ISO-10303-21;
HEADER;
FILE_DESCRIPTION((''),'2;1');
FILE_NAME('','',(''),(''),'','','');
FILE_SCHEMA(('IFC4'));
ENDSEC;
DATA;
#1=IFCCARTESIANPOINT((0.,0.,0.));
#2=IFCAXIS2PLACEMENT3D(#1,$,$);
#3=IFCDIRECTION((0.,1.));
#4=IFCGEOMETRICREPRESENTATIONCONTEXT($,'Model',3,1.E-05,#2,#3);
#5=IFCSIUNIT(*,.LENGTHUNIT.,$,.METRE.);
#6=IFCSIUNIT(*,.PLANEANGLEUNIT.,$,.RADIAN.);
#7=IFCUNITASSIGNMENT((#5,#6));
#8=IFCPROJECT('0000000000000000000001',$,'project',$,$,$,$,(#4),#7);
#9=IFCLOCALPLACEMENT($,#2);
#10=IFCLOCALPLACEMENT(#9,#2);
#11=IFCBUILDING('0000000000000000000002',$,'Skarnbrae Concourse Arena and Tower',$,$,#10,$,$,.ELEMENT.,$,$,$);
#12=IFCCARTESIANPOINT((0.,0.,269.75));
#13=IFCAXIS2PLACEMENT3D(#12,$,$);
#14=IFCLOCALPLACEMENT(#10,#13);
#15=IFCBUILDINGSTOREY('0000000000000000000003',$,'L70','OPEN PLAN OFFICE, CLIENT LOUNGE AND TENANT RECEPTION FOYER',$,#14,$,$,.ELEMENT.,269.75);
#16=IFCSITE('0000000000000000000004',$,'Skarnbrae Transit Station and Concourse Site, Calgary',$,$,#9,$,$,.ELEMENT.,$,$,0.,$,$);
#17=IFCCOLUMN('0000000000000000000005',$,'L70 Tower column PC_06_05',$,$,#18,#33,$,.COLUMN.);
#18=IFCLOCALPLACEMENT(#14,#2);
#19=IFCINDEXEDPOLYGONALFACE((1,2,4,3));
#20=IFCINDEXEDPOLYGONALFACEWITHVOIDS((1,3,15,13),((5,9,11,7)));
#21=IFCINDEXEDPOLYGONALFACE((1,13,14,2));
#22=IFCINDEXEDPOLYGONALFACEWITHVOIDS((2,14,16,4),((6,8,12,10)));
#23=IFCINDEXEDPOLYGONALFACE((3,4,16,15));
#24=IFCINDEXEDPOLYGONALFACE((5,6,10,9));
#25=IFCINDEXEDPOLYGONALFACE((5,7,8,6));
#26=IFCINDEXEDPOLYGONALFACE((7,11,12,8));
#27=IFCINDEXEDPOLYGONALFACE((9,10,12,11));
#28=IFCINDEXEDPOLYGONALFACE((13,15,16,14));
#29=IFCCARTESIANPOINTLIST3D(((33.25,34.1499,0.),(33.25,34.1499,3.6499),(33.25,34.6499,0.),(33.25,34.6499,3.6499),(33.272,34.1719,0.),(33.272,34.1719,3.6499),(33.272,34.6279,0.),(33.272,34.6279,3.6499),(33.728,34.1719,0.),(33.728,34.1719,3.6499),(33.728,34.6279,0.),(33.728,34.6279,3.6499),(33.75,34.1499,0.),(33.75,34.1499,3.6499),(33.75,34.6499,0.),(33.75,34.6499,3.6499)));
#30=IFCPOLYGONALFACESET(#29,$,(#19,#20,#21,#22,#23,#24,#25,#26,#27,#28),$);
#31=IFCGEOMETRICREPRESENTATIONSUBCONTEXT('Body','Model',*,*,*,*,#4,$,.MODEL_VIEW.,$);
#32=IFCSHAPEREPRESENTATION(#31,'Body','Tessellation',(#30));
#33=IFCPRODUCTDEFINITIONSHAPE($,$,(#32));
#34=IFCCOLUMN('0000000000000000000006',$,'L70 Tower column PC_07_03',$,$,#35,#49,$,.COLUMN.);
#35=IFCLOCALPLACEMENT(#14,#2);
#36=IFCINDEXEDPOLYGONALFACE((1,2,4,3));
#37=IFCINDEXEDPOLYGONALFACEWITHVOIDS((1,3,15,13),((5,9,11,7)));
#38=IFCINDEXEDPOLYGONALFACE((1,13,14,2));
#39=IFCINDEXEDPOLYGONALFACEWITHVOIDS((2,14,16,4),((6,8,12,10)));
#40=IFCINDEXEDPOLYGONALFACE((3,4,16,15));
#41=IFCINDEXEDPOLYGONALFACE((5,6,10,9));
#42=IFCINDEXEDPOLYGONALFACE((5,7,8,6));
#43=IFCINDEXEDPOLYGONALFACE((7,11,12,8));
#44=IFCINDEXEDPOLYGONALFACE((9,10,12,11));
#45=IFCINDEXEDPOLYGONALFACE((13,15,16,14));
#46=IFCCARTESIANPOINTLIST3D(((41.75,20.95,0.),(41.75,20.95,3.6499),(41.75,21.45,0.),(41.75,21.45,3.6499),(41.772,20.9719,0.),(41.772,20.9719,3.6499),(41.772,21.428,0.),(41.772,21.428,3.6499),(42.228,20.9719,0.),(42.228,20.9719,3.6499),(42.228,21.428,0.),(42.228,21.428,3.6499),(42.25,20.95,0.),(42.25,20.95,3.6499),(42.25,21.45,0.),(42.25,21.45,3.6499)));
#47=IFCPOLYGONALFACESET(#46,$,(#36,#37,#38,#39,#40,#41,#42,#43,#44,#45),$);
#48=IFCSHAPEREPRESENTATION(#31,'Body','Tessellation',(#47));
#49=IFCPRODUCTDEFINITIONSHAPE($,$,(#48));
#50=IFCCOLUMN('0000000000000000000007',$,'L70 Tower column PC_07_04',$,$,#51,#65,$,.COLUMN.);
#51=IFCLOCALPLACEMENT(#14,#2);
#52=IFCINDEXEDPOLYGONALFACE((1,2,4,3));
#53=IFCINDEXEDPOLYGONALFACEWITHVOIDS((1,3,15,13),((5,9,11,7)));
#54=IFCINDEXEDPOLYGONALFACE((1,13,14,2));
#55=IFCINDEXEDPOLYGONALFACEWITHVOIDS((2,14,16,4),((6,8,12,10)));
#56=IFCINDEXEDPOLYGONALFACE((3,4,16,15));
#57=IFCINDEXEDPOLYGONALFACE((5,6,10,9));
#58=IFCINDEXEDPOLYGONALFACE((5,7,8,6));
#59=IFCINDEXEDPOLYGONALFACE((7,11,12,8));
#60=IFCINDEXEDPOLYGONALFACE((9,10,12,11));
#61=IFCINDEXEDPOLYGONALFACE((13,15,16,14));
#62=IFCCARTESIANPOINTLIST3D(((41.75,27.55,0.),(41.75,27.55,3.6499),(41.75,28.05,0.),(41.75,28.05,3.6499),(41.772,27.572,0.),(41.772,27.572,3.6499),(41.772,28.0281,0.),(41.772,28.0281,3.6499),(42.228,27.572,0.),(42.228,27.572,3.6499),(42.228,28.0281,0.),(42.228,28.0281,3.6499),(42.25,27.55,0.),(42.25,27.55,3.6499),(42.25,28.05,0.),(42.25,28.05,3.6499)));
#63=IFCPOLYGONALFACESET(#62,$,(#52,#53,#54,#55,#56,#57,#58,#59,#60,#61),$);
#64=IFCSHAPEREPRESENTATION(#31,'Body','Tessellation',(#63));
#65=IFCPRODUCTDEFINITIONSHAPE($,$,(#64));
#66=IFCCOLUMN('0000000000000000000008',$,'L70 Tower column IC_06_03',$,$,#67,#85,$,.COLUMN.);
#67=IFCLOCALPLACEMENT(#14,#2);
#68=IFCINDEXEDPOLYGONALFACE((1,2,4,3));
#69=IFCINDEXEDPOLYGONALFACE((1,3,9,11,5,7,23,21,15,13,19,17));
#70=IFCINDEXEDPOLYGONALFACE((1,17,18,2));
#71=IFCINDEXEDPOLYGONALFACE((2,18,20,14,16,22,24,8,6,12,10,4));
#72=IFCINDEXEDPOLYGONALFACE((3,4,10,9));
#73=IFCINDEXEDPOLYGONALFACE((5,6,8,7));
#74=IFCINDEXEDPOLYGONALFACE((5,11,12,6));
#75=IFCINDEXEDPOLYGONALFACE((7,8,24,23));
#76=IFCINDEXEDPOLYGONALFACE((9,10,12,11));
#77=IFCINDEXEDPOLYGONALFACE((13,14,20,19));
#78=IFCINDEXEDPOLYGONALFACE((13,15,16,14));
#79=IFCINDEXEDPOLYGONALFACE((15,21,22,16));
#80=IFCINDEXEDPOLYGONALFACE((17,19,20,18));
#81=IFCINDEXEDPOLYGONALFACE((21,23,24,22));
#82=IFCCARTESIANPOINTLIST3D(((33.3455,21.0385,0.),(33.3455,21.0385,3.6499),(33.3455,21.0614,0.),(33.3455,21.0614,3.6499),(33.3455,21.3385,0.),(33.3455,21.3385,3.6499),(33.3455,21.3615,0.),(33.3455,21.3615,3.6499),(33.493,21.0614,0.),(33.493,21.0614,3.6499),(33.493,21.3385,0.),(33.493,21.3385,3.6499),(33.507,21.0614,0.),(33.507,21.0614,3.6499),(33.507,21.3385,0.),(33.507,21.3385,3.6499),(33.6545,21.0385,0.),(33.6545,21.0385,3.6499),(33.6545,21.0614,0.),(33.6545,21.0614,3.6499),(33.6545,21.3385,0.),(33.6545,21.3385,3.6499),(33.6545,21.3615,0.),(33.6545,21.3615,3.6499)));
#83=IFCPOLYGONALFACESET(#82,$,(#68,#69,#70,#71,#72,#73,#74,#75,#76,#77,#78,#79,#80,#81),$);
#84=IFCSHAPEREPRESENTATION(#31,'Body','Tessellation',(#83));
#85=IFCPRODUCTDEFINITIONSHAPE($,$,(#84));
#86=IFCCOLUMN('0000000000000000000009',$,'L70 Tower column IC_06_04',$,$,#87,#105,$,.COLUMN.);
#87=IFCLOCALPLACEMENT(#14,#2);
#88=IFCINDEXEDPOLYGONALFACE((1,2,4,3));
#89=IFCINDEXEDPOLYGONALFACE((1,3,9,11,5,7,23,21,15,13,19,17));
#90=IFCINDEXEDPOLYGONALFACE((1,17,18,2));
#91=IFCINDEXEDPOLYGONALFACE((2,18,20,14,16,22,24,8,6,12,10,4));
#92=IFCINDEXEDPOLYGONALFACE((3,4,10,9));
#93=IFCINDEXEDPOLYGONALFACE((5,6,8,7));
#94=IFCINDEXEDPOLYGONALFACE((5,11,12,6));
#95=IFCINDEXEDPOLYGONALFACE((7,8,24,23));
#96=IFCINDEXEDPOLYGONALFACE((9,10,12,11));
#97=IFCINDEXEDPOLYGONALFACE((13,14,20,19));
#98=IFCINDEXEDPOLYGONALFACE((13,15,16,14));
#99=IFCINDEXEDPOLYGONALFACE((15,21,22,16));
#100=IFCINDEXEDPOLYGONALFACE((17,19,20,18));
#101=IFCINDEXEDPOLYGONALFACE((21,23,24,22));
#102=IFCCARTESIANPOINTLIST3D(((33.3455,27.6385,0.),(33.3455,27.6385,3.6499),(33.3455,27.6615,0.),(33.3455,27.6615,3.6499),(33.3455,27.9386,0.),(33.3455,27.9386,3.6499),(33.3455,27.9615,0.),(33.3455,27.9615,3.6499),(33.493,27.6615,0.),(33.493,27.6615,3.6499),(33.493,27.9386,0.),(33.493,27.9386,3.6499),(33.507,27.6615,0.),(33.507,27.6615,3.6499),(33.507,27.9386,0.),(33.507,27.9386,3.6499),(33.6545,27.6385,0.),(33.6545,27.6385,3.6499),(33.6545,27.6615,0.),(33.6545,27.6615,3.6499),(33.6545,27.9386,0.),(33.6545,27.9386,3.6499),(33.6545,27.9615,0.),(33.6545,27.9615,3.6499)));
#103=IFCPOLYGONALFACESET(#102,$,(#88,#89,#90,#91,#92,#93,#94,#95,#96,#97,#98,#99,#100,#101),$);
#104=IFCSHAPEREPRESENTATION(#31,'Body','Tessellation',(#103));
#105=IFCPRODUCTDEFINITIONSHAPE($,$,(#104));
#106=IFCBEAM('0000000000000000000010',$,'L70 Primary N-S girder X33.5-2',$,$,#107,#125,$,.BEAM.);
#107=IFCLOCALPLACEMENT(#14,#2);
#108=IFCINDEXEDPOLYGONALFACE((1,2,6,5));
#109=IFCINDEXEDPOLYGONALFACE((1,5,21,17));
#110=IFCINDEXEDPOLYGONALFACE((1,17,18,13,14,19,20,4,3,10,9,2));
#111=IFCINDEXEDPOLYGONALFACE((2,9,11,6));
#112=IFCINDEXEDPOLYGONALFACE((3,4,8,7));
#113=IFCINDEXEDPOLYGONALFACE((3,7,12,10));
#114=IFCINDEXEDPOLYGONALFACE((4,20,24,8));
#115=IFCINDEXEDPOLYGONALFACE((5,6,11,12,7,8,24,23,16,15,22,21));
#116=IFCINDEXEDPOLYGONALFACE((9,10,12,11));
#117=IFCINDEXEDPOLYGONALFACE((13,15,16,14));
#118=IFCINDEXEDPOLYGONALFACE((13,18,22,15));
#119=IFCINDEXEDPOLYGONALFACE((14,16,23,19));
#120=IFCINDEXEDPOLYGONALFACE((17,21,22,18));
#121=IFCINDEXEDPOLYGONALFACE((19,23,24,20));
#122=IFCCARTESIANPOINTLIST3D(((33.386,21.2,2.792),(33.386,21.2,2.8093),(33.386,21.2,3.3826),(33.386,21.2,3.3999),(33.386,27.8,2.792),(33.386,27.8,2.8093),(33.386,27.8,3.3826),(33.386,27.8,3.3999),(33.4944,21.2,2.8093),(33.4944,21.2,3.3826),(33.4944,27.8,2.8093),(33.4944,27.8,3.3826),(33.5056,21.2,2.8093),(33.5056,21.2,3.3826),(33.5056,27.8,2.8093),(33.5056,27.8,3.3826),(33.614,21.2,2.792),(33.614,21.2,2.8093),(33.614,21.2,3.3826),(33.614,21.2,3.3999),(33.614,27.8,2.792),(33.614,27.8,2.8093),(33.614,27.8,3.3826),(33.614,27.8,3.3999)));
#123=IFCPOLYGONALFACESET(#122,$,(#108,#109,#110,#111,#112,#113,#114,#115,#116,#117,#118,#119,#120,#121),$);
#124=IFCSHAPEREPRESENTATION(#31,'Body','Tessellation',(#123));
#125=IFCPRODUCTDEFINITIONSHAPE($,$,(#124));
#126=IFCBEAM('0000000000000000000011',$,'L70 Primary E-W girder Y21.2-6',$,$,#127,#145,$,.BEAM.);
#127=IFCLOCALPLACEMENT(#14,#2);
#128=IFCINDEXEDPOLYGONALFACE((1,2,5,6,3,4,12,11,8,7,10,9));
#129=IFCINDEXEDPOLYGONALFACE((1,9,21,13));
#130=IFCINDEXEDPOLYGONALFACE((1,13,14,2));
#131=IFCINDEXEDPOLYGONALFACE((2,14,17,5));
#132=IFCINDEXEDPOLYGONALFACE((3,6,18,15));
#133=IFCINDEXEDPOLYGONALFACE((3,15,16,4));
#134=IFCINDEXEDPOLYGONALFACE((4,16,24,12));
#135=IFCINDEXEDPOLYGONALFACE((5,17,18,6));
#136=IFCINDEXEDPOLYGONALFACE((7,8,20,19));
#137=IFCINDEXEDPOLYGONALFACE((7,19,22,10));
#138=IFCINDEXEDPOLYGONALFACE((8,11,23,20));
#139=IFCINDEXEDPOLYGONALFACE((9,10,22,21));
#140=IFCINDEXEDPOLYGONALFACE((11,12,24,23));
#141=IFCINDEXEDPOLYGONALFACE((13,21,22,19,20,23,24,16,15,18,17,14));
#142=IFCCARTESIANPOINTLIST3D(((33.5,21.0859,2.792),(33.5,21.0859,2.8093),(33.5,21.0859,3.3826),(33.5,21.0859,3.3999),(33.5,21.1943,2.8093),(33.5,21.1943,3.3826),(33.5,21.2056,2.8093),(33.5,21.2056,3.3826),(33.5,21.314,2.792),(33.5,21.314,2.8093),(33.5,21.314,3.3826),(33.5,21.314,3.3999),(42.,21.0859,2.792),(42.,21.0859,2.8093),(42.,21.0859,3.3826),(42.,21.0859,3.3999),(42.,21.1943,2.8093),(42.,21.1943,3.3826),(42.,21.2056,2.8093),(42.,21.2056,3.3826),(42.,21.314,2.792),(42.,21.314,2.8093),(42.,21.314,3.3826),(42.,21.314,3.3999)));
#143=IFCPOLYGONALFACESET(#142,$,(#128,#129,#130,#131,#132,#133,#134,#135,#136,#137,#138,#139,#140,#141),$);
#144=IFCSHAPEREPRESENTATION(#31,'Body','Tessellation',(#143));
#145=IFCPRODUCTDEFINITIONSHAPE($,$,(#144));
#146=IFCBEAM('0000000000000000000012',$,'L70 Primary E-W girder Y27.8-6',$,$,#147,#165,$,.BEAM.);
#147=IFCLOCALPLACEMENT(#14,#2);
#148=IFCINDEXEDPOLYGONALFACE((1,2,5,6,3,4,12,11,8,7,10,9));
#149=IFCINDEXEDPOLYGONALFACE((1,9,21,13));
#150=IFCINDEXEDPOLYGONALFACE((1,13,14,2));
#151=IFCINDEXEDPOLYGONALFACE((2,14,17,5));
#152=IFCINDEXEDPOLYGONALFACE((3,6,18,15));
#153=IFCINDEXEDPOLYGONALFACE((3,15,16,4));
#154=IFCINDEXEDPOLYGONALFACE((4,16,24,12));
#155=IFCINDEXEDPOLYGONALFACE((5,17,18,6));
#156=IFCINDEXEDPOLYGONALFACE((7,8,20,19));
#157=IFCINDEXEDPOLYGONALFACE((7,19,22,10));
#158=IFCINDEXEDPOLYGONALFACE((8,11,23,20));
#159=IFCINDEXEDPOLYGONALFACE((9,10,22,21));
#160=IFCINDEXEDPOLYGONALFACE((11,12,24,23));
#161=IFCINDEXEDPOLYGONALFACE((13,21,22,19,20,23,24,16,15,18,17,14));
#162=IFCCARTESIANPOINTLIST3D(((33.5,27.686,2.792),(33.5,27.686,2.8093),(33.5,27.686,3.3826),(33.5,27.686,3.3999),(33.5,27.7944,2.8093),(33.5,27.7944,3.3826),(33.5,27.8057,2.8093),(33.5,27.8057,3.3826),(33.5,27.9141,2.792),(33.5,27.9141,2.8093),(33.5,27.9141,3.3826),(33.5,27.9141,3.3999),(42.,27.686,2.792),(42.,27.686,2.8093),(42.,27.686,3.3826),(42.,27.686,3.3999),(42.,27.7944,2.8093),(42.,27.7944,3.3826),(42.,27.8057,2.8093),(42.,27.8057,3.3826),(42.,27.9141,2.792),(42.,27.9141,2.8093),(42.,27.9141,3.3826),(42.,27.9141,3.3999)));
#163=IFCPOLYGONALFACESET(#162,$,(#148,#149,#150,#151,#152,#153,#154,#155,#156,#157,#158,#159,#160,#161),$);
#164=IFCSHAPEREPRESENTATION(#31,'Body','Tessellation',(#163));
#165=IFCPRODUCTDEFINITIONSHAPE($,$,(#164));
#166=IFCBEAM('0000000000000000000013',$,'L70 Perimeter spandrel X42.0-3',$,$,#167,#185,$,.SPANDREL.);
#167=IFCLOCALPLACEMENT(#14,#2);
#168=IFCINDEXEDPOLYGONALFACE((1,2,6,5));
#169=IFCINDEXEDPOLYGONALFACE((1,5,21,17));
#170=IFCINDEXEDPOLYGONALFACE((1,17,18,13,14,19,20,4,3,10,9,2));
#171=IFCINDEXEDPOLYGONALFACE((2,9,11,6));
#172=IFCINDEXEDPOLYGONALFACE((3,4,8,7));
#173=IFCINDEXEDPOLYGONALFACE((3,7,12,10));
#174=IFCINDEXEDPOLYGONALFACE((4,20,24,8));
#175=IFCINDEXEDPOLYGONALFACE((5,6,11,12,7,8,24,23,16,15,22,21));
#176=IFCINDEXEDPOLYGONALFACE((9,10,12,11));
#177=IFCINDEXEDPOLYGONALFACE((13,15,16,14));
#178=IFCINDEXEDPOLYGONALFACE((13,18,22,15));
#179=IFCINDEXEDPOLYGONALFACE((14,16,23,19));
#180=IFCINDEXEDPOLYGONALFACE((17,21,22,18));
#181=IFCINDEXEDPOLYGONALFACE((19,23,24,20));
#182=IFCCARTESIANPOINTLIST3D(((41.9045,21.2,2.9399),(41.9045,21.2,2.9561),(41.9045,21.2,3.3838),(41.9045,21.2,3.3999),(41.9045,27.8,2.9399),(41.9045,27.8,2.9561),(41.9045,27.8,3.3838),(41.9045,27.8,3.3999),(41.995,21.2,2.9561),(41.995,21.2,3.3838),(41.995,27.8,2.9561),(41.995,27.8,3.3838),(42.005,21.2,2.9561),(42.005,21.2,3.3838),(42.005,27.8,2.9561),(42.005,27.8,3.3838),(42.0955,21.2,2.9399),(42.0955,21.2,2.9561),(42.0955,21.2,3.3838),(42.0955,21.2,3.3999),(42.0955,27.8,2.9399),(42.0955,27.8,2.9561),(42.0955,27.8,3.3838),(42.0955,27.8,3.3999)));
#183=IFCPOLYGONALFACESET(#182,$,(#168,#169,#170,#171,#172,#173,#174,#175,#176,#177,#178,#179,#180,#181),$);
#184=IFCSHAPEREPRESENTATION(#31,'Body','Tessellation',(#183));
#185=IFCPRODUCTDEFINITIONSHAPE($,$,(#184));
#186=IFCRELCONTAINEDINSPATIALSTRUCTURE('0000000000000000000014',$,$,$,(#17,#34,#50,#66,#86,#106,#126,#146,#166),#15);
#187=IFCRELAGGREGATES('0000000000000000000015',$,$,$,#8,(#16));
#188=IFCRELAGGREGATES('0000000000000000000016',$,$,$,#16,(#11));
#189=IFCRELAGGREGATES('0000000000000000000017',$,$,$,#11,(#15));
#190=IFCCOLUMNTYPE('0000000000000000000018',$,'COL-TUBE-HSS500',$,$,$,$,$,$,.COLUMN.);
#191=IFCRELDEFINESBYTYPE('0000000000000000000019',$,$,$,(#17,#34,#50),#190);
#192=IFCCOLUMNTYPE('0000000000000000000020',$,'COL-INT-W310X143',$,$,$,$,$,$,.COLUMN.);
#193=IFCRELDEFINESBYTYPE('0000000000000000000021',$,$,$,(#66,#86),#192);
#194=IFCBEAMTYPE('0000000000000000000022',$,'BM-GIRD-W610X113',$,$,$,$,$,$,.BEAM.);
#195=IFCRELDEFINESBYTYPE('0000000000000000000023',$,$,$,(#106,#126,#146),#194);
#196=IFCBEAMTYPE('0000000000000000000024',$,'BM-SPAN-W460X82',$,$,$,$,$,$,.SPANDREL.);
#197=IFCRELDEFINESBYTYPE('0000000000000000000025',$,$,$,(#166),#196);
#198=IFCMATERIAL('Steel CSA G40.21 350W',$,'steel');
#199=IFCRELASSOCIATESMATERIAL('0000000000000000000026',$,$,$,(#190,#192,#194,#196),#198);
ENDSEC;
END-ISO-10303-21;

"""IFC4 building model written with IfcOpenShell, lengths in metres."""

from ifc_helpers import new_model, si_unit, direction, frame, origin, origin_2d, place, context, subcontext, project, spatial, hollow_rectangle, i_section, extrude, source, transform, mapped, material, material_profile, profile_set, type_object, element, save


model = new_model("IFC4")

# Units and contexts
model_context = context("Model", 3, precision=1e-05, world=origin(), true_north=direction((0.0, 1.0)))
body_context = subcontext(model_context, "Body", "Model", "MODEL_VIEW")
ifc_project = project(units=[si_unit("LENGTHUNIT", "METRE"), si_unit("PLANEANGLEUNIT", "RADIAN")], contexts=[model_context])

# Site, building, storey
site_placement = place(None, origin())
site = spatial("IfcSite", under=ifc_project, at=site_placement, Name="Skarnbrae Transit Station and Concourse Site, Calgary", CompositionType="ELEMENT", RefElevation=0.0)
building_placement = place(site_placement, origin())
building = spatial("IfcBuilding", under=site, at=building_placement, Name="Skarnbrae Concourse Arena and Tower", CompositionType="ELEMENT")
storey_placement = place(building_placement, frame((0.0, 0.0, 269.75)))
storey = spatial("IfcBuildingStorey", under=building, at=storey_placement, Name="L70", Description="OPEN PLAN OFFICE, CLIENT LOUNGE AND TENANT RECEPTION FOYER", CompositionType="ELEMENT", Elevation=269.75)

# Columns
ifc_material_1 = material(Name="Steel CSA G40.21 350W", Category="steel")
ifc_material_profile_1 = material_profile(ifc_material_1, hollow_rectangle(XDim=0.5, YDim=0.5, WallThickness=0.022, at=origin_2d()), Name="HSS500X500X22.0")
ifc_profile_set_1 = profile_set([ifc_material_profile_1], Name="Steel CSA G40.21 350W")
column_type_1 = type_object("IfcColumnType", Name="COL-TUBE-HSS500", PredefinedType="COLUMN", material=ifc_profile_set_1)
shared_shape_1 = source(origin(), body_context, "Body", "SweptSolid", [
    extrude(hollow_rectangle(XDim=0.5, YDim=0.5, WallThickness=0.022, at=origin_2d()), origin(), (0.0, 0.0, 1.0), 3.6499),
])
for number, where, z_axis, x_axis, name in (
    (1, (33.5, 34.3999, 0.0), (0.0, 0.0, 1.0), (1.0, 0.0, 0.0), "L70 Tower column PC_06_05"),
    (2, (42.0, 21.2, 0.0), (0.0, 0.0, 1.0), (1.0, 0.0, 0.0), "L70 Tower column PC_07_03"),
    (3, (42.0, 27.8, 0.0), (0.0, 0.0, 1.0), (1.0, 0.0, 0.0), "L70 Tower column PC_07_04"),
):
    element("IfcColumn", number, at=place(storey_placement, frame(where, z_axis=z_axis, x_axis=x_axis)), inside=storey, type_object=column_type_1, Name=name, PredefinedType="COLUMN", context=body_context, shape_type="MappedRepresentation", body=[
        mapped(shared_shape_1, transform((0.0, 0.0, 0.0))),
    ])
ifc_material_profile_2 = material_profile(ifc_material_1, i_section(OverallWidth=0.3091, OverallDepth=0.323, WebThickness=0.0139, FlangeThickness=0.0229, at=origin_2d()), Name="W310X143")
ifc_profile_set_2 = profile_set([ifc_material_profile_2], Name="Steel CSA G40.21 350W")
column_type_2 = type_object("IfcColumnType", Name="COL-INT-W310X143", PredefinedType="COLUMN", material=ifc_profile_set_2)
shared_shape_2 = source(origin(), body_context, "Body", "SweptSolid", [
    extrude(i_section(OverallWidth=0.3091, OverallDepth=0.323, WebThickness=0.0139, FlangeThickness=0.0229, at=origin_2d()), origin(), (0.0, 0.0, 1.0), 3.6499),
])
for number, where, z_axis, x_axis, name in (
    (4, (33.5, 21.2, 0.0), (0.0, 0.0, 1.0), (1.0, 0.0, 0.0), "L70 Tower column IC_06_03"),
    (5, (33.5, 27.8, 0.0), (0.0, 0.0, 1.0), (1.0, 0.0, 0.0), "L70 Tower column IC_06_04"),
):
    element("IfcColumn", number, at=place(storey_placement, frame(where, z_axis=z_axis, x_axis=x_axis)), inside=storey, type_object=column_type_2, Name=name, PredefinedType="COLUMN", context=body_context, shape_type="MappedRepresentation", body=[
        mapped(shared_shape_2, transform((0.0, 0.0, 0.0))),
    ])

# Beams
ifc_material_profile_3 = material_profile(ifc_material_1, i_section(OverallWidth=0.228, OverallDepth=0.6079, WebThickness=0.0112, FlangeThickness=0.0173, at=origin_2d()), Name="W610X113")
ifc_profile_set_3 = profile_set([ifc_material_profile_3], Name="Steel CSA G40.21 350W")
beam_type_1 = type_object("IfcBeamType", Name="BM-GIRD-W610X113", PredefinedType="BEAM", material=ifc_profile_set_3)
shared_shape_3 = source(origin(), body_context, "Body", "SweptSolid", [
    extrude(i_section(OverallWidth=0.228, OverallDepth=0.6079, WebThickness=0.0112, FlangeThickness=0.0173, at=origin_2d()), origin(), (0.0, 0.0, 1.0), 6.6001),
])
beam_1_placement = place(storey_placement, frame((33.5, 21.2, 3.0959), z_axis=(0.0, 1.0, 0.0), x_axis=(-1.0, 0.0, 0.0)))
element("IfcBeam", 6, at=beam_1_placement, inside=storey, type_object=beam_type_1, Name="L70 Primary N-S girder X33.5-2", PredefinedType="BEAM", context=body_context, shape_type="MappedRepresentation", body=[
    mapped(shared_shape_3, transform((0.0, 0.0, 0.0))),
])
shared_shape_4 = source(origin(), body_context, "Body", "SweptSolid", [
    extrude(i_section(OverallWidth=0.228, OverallDepth=0.6079, WebThickness=0.0112, FlangeThickness=0.0173, at=origin_2d()), origin(), (0.0, 0.0, 1.0), 8.5),
])
for number, where, z_axis, x_axis, name in (
    (7, (33.5, 21.2, 3.0959), (1.0, 0.0, 0.0), (0.0, 1.0, 0.0), "L70 Primary E-W girder Y21.2-6"),
    (8, (33.5, 27.8, 3.0959), (1.0, 0.0, 0.0), (0.0, 1.0, 0.0), "L70 Primary E-W girder Y27.8-6"),
):
    element("IfcBeam", number, at=place(storey_placement, frame(where, z_axis=z_axis, x_axis=x_axis)), inside=storey, type_object=beam_type_1, Name=name, PredefinedType="BEAM", context=body_context, shape_type="MappedRepresentation", body=[
        mapped(shared_shape_4, transform((0.0, 0.0, 0.0))),
    ])
ifc_material_profile_4 = material_profile(ifc_material_1, i_section(OverallWidth=0.1909, OverallDepth=0.46, WebThickness=0.01, FlangeThickness=0.0161, at=origin_2d()), Name="W460X82")
ifc_profile_set_4 = profile_set([ifc_material_profile_4], Name="Steel CSA G40.21 350W")
beam_type_2 = type_object("IfcBeamType", Name="BM-SPAN-W460X82", PredefinedType="SPANDREL", material=ifc_profile_set_4)
shared_shape_5 = source(origin(), body_context, "Body", "SweptSolid", [
    extrude(i_section(OverallWidth=0.1909, OverallDepth=0.46, WebThickness=0.01, FlangeThickness=0.0161, at=origin_2d()), origin(), (0.0, 0.0, 1.0), 6.6001),
])
beam_2_placement = place(storey_placement, frame((42.0, 21.2, 3.1699), z_axis=(0.0, 1.0, 0.0), x_axis=(-1.0, 0.0, 0.0)))
element("IfcBeam", 9, at=beam_2_placement, inside=storey, type_object=beam_type_2, Name="L70 Perimeter spandrel X42.0-3", PredefinedType="SPANDREL", context=body_context, shape_type="MappedRepresentation", body=[
    mapped(shared_shape_5, transform((0.0, 0.0, 0.0))),
])

save(model, "model.ifc")
